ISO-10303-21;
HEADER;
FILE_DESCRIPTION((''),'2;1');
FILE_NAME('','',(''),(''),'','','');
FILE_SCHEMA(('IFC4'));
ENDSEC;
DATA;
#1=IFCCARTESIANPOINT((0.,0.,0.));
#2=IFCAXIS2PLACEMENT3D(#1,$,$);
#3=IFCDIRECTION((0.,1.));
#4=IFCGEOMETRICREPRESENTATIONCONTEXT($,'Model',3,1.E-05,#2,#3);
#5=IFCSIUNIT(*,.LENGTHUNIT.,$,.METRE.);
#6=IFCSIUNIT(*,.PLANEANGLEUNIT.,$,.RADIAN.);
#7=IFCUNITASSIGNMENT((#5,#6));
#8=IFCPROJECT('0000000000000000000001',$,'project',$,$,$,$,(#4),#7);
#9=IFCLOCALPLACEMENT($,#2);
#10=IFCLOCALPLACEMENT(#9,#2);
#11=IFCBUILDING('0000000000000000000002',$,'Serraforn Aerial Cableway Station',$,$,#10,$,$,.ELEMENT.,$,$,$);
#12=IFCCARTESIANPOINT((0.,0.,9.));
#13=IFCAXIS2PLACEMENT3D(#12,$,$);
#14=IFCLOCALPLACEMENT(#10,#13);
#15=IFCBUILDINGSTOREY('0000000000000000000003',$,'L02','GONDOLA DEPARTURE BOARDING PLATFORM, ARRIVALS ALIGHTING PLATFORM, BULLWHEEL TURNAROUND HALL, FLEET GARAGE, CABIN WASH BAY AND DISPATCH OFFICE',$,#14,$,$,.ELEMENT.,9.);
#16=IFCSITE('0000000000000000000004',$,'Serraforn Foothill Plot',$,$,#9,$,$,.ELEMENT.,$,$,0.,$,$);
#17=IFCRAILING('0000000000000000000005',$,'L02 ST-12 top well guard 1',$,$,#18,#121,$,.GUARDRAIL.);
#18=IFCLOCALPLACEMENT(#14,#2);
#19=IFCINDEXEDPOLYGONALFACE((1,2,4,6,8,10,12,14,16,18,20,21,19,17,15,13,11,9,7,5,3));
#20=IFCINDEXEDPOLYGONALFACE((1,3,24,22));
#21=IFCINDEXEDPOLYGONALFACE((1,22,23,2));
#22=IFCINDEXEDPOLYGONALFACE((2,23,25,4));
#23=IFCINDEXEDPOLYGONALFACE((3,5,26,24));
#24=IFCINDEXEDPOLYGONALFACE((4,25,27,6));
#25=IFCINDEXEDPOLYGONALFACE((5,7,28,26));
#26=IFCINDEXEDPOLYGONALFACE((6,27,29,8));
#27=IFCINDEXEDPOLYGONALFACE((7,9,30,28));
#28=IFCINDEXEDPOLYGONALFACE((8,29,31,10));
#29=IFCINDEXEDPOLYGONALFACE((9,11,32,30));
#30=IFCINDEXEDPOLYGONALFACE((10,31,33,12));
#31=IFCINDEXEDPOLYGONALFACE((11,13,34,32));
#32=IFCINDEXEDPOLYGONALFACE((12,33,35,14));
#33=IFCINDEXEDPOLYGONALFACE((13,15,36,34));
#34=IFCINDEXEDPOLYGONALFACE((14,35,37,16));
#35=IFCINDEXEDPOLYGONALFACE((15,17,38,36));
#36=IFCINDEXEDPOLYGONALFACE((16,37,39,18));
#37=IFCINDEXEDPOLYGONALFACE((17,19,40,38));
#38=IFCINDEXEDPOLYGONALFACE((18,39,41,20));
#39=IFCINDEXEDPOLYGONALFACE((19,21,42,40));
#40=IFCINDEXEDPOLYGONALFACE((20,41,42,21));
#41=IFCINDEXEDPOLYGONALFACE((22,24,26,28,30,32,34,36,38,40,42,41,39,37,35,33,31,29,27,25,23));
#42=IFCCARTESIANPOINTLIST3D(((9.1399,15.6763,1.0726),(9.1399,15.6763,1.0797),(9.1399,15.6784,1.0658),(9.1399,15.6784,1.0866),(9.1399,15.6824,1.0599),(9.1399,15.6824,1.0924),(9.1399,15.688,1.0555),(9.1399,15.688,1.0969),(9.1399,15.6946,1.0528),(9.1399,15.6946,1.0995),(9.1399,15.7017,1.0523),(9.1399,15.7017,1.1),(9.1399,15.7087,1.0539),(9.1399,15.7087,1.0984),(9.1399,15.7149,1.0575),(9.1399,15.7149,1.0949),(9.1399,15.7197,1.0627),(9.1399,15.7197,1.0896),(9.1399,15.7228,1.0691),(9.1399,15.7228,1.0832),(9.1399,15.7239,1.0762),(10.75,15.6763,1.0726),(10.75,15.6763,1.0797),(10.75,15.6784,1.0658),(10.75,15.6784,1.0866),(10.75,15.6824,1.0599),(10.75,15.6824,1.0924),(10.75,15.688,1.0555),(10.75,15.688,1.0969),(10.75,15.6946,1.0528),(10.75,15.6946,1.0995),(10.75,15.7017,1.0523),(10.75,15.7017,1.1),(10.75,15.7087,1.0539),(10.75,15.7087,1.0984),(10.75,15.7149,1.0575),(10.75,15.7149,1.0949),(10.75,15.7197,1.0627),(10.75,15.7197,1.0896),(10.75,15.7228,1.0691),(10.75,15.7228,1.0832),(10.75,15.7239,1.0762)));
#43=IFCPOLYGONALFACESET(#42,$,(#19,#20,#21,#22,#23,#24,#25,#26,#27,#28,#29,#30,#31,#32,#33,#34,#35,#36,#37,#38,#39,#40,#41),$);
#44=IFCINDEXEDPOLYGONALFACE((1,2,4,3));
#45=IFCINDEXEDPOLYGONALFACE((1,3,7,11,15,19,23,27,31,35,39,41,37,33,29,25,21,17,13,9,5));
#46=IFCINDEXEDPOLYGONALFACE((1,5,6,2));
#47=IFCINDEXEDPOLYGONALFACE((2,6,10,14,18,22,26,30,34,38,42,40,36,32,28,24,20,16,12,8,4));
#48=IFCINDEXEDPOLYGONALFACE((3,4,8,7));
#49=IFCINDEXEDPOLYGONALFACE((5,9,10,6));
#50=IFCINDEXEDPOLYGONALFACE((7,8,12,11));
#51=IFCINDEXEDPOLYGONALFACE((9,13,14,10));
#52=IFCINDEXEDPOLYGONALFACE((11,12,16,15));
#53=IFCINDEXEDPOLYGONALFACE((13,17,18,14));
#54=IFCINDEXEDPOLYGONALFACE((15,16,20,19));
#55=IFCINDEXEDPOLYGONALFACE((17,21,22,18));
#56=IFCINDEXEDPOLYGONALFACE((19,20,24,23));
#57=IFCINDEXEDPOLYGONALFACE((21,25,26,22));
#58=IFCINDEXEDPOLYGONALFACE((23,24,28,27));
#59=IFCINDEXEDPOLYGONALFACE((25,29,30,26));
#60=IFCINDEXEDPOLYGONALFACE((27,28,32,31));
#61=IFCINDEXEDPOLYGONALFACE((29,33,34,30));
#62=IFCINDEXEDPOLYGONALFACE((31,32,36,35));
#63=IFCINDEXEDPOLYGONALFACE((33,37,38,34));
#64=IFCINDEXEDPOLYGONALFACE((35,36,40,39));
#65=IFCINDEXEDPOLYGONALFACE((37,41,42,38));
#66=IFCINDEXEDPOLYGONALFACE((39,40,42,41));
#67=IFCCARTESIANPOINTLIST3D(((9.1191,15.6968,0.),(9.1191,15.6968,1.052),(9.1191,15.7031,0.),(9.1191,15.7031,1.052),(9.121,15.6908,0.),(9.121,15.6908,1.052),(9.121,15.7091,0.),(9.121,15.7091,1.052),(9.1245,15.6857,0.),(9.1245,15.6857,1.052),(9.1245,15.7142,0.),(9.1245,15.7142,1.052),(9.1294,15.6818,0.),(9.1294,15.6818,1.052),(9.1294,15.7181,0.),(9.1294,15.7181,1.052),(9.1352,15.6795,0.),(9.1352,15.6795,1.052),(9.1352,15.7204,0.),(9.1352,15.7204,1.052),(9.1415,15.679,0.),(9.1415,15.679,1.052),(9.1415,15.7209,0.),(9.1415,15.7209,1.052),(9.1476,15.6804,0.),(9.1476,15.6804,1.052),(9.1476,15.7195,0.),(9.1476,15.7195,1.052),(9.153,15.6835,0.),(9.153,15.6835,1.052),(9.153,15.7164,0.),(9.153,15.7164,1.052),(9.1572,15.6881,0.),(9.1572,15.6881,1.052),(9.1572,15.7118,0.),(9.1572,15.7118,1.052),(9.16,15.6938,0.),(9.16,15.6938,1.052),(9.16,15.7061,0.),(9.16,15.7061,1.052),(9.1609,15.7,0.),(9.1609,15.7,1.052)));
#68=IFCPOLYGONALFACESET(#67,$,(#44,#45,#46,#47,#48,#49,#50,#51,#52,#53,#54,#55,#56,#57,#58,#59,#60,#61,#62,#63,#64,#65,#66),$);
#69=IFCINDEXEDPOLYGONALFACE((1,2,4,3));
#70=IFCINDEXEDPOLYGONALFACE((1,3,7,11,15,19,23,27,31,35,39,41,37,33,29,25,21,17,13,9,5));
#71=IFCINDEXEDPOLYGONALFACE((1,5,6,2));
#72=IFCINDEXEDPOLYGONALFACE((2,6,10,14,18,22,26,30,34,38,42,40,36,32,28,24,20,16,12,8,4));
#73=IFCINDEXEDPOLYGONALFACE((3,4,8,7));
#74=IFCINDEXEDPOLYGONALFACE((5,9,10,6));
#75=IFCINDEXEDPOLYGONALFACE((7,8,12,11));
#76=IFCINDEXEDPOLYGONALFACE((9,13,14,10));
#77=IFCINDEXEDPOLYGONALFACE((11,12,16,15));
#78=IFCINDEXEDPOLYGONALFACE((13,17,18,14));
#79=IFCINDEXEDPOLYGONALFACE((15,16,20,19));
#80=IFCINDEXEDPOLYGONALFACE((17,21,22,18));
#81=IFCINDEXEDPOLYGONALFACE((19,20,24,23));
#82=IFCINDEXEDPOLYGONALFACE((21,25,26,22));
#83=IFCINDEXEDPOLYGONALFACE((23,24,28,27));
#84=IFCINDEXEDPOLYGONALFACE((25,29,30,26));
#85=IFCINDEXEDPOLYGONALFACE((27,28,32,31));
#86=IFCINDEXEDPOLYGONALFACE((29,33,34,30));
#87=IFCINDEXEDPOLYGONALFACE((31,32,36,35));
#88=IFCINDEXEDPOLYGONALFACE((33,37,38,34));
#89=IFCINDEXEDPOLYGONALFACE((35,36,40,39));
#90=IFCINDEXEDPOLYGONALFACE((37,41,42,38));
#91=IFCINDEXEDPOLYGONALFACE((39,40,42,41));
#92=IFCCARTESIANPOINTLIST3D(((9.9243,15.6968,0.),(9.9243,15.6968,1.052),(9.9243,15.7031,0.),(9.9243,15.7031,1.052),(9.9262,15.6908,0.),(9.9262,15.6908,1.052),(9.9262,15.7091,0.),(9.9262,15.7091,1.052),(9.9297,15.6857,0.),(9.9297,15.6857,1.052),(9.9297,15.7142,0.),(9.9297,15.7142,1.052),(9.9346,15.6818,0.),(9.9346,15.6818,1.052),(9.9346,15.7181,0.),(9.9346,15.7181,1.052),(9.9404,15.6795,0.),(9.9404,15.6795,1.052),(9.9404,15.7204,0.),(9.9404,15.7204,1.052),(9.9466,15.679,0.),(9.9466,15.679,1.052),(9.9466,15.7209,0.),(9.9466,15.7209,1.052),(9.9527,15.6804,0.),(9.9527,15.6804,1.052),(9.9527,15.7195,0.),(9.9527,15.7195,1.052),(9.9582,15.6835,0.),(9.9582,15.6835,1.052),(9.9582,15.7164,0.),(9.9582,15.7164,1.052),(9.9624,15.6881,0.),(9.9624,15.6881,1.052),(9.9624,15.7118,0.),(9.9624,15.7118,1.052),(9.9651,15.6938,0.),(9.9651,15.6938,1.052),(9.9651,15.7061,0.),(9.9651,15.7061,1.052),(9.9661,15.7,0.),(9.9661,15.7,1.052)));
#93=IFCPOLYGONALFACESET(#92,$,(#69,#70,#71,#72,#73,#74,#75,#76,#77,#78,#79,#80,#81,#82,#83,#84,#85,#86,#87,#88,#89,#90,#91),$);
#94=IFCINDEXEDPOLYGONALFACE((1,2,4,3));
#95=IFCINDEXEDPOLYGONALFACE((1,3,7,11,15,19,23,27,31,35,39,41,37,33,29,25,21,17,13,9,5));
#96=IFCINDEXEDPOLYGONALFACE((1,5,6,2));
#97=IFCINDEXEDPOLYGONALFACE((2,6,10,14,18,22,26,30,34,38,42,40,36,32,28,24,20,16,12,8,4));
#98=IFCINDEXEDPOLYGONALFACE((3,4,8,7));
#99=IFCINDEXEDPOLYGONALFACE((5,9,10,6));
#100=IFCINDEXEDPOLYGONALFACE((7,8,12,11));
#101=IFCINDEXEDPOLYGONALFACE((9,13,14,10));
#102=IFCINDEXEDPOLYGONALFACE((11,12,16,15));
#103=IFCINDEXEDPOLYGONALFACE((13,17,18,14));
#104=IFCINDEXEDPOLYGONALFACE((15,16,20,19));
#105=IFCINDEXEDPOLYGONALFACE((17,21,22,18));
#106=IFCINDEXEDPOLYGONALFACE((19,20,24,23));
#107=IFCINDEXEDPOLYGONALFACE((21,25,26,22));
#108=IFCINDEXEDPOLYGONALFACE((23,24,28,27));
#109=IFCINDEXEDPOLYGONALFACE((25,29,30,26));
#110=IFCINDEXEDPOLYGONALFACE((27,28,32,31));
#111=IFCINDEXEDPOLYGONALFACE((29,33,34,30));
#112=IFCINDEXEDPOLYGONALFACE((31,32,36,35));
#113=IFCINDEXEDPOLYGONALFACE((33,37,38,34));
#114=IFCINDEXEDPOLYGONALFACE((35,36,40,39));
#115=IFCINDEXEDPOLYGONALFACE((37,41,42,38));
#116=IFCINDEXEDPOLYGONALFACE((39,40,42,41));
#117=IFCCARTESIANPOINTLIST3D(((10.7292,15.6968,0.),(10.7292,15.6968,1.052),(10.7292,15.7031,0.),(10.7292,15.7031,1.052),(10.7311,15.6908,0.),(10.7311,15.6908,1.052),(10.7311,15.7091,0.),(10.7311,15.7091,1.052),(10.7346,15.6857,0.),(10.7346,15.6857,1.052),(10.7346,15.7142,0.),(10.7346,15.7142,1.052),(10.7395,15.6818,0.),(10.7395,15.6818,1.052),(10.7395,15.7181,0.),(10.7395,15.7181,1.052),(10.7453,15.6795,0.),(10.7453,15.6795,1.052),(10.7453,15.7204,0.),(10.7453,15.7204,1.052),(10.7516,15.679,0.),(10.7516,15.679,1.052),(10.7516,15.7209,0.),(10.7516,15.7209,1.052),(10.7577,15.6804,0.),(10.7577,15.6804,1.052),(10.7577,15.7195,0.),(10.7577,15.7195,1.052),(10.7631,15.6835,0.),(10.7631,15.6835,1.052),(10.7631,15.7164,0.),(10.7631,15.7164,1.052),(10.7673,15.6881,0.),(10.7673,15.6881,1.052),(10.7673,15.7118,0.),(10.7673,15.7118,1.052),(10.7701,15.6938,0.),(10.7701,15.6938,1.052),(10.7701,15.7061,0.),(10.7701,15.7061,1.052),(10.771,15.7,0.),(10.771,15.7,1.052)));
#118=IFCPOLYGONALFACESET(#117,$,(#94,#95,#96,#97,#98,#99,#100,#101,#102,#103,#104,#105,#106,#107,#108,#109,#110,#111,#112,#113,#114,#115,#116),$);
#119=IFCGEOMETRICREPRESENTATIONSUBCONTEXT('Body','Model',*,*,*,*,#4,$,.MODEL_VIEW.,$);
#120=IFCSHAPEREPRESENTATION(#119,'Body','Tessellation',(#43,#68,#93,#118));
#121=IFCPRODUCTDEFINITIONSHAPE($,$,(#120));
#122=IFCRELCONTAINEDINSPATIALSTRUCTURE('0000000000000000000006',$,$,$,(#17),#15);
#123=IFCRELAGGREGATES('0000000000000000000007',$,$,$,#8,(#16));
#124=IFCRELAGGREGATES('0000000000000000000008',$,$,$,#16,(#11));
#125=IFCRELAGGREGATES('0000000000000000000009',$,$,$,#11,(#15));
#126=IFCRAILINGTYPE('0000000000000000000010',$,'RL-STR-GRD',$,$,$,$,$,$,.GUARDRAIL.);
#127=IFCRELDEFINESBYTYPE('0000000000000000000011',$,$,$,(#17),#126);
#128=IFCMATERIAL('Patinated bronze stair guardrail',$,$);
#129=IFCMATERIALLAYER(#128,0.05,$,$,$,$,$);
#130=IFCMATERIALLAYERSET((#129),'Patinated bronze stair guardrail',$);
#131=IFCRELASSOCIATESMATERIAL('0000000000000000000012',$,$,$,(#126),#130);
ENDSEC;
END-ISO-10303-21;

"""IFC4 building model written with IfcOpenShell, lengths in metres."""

from ifc_helpers import new_model, si_unit, direction, frame, origin, origin_2d, place, context, subcontext, project, spatial, circle, extrude, material, layer, layer_set, type_object, element, save


model = new_model("IFC4")

# Units and contexts
model_context = context("Model", 3, precision=1e-05, world=origin(), true_north=direction((0.0, 1.0)))
body_context = subcontext(model_context, "Body", "Model", "MODEL_VIEW")
ifc_project = project(units=[si_unit("LENGTHUNIT", "METRE"), si_unit("PLANEANGLEUNIT", "RADIAN")], contexts=[model_context])

# Site, building, storey
site_placement = place(None, origin())
site = spatial("IfcSite", under=ifc_project, at=site_placement, Name="Serraforn Foothill Plot", CompositionType="ELEMENT", RefElevation=0.0)
building_placement = place(site_placement, origin())
building = spatial("IfcBuilding", under=site, at=building_placement, Name="Serraforn Aerial Cableway Station", CompositionType="ELEMENT")
storey_placement = place(building_placement, frame((0.0, 0.0, 9.0)))
storey = spatial("IfcBuildingStorey", under=building, at=storey_placement, Name="L02", Description="GONDOLA DEPARTURE BOARDING PLATFORM, ARRIVALS ALIGHTING PLATFORM, BULLWHEEL TURNAROUND HALL, FLEET GARAGE, CABIN WASH BAY AND DISPATCH OFFICE", CompositionType="ELEMENT", Elevation=9.0)

# Railing
ifc_material_1 = material(Name="Patinated bronze stair guardrail")
ifc_layer_1 = layer(ifc_material_1, 0.05)
ifc_layer_set_1 = layer_set([ifc_layer_1], Name="Patinated bronze stair guardrail")
railing_type = type_object("IfcRailingType", Name="RL-STR-GRD", PredefinedType="GUARDRAIL", material=ifc_layer_set_1)
railing_placement = place(storey_placement, frame((9.1399, 15.7, 0.0)))
element("IfcRailing", 1, at=railing_placement, inside=storey, type_object=railing_type, Name="L02 ST-12 top well guard 1", PredefinedType="GUARDRAIL", context=body_context, shape_type="SweptSolid", body=[
    extrude(circle(Radius=0.0239, at=origin_2d()), frame((0.0, 0.0, 1.0762), z_axis=(1.0, 0.0, 0.0), x_axis=(0.0, 1.0, 0.0)), (0.0, 0.0, 1.0), 1.6101),
    extrude(circle(Radius=0.021, at=origin_2d()), origin(), (0.0, 0.0, 1.0), 1.052),
    extrude(circle(Radius=0.021, at=origin_2d()), frame((0.8052, 0.0, 0.0)), (0.0, 0.0, 1.0), 1.052),
    extrude(circle(Radius=0.021, at=origin_2d()), frame((1.6101, 0.0, 0.0)), (0.0, 0.0, 1.0), 1.052),
])

save(model, "model.ifc")
